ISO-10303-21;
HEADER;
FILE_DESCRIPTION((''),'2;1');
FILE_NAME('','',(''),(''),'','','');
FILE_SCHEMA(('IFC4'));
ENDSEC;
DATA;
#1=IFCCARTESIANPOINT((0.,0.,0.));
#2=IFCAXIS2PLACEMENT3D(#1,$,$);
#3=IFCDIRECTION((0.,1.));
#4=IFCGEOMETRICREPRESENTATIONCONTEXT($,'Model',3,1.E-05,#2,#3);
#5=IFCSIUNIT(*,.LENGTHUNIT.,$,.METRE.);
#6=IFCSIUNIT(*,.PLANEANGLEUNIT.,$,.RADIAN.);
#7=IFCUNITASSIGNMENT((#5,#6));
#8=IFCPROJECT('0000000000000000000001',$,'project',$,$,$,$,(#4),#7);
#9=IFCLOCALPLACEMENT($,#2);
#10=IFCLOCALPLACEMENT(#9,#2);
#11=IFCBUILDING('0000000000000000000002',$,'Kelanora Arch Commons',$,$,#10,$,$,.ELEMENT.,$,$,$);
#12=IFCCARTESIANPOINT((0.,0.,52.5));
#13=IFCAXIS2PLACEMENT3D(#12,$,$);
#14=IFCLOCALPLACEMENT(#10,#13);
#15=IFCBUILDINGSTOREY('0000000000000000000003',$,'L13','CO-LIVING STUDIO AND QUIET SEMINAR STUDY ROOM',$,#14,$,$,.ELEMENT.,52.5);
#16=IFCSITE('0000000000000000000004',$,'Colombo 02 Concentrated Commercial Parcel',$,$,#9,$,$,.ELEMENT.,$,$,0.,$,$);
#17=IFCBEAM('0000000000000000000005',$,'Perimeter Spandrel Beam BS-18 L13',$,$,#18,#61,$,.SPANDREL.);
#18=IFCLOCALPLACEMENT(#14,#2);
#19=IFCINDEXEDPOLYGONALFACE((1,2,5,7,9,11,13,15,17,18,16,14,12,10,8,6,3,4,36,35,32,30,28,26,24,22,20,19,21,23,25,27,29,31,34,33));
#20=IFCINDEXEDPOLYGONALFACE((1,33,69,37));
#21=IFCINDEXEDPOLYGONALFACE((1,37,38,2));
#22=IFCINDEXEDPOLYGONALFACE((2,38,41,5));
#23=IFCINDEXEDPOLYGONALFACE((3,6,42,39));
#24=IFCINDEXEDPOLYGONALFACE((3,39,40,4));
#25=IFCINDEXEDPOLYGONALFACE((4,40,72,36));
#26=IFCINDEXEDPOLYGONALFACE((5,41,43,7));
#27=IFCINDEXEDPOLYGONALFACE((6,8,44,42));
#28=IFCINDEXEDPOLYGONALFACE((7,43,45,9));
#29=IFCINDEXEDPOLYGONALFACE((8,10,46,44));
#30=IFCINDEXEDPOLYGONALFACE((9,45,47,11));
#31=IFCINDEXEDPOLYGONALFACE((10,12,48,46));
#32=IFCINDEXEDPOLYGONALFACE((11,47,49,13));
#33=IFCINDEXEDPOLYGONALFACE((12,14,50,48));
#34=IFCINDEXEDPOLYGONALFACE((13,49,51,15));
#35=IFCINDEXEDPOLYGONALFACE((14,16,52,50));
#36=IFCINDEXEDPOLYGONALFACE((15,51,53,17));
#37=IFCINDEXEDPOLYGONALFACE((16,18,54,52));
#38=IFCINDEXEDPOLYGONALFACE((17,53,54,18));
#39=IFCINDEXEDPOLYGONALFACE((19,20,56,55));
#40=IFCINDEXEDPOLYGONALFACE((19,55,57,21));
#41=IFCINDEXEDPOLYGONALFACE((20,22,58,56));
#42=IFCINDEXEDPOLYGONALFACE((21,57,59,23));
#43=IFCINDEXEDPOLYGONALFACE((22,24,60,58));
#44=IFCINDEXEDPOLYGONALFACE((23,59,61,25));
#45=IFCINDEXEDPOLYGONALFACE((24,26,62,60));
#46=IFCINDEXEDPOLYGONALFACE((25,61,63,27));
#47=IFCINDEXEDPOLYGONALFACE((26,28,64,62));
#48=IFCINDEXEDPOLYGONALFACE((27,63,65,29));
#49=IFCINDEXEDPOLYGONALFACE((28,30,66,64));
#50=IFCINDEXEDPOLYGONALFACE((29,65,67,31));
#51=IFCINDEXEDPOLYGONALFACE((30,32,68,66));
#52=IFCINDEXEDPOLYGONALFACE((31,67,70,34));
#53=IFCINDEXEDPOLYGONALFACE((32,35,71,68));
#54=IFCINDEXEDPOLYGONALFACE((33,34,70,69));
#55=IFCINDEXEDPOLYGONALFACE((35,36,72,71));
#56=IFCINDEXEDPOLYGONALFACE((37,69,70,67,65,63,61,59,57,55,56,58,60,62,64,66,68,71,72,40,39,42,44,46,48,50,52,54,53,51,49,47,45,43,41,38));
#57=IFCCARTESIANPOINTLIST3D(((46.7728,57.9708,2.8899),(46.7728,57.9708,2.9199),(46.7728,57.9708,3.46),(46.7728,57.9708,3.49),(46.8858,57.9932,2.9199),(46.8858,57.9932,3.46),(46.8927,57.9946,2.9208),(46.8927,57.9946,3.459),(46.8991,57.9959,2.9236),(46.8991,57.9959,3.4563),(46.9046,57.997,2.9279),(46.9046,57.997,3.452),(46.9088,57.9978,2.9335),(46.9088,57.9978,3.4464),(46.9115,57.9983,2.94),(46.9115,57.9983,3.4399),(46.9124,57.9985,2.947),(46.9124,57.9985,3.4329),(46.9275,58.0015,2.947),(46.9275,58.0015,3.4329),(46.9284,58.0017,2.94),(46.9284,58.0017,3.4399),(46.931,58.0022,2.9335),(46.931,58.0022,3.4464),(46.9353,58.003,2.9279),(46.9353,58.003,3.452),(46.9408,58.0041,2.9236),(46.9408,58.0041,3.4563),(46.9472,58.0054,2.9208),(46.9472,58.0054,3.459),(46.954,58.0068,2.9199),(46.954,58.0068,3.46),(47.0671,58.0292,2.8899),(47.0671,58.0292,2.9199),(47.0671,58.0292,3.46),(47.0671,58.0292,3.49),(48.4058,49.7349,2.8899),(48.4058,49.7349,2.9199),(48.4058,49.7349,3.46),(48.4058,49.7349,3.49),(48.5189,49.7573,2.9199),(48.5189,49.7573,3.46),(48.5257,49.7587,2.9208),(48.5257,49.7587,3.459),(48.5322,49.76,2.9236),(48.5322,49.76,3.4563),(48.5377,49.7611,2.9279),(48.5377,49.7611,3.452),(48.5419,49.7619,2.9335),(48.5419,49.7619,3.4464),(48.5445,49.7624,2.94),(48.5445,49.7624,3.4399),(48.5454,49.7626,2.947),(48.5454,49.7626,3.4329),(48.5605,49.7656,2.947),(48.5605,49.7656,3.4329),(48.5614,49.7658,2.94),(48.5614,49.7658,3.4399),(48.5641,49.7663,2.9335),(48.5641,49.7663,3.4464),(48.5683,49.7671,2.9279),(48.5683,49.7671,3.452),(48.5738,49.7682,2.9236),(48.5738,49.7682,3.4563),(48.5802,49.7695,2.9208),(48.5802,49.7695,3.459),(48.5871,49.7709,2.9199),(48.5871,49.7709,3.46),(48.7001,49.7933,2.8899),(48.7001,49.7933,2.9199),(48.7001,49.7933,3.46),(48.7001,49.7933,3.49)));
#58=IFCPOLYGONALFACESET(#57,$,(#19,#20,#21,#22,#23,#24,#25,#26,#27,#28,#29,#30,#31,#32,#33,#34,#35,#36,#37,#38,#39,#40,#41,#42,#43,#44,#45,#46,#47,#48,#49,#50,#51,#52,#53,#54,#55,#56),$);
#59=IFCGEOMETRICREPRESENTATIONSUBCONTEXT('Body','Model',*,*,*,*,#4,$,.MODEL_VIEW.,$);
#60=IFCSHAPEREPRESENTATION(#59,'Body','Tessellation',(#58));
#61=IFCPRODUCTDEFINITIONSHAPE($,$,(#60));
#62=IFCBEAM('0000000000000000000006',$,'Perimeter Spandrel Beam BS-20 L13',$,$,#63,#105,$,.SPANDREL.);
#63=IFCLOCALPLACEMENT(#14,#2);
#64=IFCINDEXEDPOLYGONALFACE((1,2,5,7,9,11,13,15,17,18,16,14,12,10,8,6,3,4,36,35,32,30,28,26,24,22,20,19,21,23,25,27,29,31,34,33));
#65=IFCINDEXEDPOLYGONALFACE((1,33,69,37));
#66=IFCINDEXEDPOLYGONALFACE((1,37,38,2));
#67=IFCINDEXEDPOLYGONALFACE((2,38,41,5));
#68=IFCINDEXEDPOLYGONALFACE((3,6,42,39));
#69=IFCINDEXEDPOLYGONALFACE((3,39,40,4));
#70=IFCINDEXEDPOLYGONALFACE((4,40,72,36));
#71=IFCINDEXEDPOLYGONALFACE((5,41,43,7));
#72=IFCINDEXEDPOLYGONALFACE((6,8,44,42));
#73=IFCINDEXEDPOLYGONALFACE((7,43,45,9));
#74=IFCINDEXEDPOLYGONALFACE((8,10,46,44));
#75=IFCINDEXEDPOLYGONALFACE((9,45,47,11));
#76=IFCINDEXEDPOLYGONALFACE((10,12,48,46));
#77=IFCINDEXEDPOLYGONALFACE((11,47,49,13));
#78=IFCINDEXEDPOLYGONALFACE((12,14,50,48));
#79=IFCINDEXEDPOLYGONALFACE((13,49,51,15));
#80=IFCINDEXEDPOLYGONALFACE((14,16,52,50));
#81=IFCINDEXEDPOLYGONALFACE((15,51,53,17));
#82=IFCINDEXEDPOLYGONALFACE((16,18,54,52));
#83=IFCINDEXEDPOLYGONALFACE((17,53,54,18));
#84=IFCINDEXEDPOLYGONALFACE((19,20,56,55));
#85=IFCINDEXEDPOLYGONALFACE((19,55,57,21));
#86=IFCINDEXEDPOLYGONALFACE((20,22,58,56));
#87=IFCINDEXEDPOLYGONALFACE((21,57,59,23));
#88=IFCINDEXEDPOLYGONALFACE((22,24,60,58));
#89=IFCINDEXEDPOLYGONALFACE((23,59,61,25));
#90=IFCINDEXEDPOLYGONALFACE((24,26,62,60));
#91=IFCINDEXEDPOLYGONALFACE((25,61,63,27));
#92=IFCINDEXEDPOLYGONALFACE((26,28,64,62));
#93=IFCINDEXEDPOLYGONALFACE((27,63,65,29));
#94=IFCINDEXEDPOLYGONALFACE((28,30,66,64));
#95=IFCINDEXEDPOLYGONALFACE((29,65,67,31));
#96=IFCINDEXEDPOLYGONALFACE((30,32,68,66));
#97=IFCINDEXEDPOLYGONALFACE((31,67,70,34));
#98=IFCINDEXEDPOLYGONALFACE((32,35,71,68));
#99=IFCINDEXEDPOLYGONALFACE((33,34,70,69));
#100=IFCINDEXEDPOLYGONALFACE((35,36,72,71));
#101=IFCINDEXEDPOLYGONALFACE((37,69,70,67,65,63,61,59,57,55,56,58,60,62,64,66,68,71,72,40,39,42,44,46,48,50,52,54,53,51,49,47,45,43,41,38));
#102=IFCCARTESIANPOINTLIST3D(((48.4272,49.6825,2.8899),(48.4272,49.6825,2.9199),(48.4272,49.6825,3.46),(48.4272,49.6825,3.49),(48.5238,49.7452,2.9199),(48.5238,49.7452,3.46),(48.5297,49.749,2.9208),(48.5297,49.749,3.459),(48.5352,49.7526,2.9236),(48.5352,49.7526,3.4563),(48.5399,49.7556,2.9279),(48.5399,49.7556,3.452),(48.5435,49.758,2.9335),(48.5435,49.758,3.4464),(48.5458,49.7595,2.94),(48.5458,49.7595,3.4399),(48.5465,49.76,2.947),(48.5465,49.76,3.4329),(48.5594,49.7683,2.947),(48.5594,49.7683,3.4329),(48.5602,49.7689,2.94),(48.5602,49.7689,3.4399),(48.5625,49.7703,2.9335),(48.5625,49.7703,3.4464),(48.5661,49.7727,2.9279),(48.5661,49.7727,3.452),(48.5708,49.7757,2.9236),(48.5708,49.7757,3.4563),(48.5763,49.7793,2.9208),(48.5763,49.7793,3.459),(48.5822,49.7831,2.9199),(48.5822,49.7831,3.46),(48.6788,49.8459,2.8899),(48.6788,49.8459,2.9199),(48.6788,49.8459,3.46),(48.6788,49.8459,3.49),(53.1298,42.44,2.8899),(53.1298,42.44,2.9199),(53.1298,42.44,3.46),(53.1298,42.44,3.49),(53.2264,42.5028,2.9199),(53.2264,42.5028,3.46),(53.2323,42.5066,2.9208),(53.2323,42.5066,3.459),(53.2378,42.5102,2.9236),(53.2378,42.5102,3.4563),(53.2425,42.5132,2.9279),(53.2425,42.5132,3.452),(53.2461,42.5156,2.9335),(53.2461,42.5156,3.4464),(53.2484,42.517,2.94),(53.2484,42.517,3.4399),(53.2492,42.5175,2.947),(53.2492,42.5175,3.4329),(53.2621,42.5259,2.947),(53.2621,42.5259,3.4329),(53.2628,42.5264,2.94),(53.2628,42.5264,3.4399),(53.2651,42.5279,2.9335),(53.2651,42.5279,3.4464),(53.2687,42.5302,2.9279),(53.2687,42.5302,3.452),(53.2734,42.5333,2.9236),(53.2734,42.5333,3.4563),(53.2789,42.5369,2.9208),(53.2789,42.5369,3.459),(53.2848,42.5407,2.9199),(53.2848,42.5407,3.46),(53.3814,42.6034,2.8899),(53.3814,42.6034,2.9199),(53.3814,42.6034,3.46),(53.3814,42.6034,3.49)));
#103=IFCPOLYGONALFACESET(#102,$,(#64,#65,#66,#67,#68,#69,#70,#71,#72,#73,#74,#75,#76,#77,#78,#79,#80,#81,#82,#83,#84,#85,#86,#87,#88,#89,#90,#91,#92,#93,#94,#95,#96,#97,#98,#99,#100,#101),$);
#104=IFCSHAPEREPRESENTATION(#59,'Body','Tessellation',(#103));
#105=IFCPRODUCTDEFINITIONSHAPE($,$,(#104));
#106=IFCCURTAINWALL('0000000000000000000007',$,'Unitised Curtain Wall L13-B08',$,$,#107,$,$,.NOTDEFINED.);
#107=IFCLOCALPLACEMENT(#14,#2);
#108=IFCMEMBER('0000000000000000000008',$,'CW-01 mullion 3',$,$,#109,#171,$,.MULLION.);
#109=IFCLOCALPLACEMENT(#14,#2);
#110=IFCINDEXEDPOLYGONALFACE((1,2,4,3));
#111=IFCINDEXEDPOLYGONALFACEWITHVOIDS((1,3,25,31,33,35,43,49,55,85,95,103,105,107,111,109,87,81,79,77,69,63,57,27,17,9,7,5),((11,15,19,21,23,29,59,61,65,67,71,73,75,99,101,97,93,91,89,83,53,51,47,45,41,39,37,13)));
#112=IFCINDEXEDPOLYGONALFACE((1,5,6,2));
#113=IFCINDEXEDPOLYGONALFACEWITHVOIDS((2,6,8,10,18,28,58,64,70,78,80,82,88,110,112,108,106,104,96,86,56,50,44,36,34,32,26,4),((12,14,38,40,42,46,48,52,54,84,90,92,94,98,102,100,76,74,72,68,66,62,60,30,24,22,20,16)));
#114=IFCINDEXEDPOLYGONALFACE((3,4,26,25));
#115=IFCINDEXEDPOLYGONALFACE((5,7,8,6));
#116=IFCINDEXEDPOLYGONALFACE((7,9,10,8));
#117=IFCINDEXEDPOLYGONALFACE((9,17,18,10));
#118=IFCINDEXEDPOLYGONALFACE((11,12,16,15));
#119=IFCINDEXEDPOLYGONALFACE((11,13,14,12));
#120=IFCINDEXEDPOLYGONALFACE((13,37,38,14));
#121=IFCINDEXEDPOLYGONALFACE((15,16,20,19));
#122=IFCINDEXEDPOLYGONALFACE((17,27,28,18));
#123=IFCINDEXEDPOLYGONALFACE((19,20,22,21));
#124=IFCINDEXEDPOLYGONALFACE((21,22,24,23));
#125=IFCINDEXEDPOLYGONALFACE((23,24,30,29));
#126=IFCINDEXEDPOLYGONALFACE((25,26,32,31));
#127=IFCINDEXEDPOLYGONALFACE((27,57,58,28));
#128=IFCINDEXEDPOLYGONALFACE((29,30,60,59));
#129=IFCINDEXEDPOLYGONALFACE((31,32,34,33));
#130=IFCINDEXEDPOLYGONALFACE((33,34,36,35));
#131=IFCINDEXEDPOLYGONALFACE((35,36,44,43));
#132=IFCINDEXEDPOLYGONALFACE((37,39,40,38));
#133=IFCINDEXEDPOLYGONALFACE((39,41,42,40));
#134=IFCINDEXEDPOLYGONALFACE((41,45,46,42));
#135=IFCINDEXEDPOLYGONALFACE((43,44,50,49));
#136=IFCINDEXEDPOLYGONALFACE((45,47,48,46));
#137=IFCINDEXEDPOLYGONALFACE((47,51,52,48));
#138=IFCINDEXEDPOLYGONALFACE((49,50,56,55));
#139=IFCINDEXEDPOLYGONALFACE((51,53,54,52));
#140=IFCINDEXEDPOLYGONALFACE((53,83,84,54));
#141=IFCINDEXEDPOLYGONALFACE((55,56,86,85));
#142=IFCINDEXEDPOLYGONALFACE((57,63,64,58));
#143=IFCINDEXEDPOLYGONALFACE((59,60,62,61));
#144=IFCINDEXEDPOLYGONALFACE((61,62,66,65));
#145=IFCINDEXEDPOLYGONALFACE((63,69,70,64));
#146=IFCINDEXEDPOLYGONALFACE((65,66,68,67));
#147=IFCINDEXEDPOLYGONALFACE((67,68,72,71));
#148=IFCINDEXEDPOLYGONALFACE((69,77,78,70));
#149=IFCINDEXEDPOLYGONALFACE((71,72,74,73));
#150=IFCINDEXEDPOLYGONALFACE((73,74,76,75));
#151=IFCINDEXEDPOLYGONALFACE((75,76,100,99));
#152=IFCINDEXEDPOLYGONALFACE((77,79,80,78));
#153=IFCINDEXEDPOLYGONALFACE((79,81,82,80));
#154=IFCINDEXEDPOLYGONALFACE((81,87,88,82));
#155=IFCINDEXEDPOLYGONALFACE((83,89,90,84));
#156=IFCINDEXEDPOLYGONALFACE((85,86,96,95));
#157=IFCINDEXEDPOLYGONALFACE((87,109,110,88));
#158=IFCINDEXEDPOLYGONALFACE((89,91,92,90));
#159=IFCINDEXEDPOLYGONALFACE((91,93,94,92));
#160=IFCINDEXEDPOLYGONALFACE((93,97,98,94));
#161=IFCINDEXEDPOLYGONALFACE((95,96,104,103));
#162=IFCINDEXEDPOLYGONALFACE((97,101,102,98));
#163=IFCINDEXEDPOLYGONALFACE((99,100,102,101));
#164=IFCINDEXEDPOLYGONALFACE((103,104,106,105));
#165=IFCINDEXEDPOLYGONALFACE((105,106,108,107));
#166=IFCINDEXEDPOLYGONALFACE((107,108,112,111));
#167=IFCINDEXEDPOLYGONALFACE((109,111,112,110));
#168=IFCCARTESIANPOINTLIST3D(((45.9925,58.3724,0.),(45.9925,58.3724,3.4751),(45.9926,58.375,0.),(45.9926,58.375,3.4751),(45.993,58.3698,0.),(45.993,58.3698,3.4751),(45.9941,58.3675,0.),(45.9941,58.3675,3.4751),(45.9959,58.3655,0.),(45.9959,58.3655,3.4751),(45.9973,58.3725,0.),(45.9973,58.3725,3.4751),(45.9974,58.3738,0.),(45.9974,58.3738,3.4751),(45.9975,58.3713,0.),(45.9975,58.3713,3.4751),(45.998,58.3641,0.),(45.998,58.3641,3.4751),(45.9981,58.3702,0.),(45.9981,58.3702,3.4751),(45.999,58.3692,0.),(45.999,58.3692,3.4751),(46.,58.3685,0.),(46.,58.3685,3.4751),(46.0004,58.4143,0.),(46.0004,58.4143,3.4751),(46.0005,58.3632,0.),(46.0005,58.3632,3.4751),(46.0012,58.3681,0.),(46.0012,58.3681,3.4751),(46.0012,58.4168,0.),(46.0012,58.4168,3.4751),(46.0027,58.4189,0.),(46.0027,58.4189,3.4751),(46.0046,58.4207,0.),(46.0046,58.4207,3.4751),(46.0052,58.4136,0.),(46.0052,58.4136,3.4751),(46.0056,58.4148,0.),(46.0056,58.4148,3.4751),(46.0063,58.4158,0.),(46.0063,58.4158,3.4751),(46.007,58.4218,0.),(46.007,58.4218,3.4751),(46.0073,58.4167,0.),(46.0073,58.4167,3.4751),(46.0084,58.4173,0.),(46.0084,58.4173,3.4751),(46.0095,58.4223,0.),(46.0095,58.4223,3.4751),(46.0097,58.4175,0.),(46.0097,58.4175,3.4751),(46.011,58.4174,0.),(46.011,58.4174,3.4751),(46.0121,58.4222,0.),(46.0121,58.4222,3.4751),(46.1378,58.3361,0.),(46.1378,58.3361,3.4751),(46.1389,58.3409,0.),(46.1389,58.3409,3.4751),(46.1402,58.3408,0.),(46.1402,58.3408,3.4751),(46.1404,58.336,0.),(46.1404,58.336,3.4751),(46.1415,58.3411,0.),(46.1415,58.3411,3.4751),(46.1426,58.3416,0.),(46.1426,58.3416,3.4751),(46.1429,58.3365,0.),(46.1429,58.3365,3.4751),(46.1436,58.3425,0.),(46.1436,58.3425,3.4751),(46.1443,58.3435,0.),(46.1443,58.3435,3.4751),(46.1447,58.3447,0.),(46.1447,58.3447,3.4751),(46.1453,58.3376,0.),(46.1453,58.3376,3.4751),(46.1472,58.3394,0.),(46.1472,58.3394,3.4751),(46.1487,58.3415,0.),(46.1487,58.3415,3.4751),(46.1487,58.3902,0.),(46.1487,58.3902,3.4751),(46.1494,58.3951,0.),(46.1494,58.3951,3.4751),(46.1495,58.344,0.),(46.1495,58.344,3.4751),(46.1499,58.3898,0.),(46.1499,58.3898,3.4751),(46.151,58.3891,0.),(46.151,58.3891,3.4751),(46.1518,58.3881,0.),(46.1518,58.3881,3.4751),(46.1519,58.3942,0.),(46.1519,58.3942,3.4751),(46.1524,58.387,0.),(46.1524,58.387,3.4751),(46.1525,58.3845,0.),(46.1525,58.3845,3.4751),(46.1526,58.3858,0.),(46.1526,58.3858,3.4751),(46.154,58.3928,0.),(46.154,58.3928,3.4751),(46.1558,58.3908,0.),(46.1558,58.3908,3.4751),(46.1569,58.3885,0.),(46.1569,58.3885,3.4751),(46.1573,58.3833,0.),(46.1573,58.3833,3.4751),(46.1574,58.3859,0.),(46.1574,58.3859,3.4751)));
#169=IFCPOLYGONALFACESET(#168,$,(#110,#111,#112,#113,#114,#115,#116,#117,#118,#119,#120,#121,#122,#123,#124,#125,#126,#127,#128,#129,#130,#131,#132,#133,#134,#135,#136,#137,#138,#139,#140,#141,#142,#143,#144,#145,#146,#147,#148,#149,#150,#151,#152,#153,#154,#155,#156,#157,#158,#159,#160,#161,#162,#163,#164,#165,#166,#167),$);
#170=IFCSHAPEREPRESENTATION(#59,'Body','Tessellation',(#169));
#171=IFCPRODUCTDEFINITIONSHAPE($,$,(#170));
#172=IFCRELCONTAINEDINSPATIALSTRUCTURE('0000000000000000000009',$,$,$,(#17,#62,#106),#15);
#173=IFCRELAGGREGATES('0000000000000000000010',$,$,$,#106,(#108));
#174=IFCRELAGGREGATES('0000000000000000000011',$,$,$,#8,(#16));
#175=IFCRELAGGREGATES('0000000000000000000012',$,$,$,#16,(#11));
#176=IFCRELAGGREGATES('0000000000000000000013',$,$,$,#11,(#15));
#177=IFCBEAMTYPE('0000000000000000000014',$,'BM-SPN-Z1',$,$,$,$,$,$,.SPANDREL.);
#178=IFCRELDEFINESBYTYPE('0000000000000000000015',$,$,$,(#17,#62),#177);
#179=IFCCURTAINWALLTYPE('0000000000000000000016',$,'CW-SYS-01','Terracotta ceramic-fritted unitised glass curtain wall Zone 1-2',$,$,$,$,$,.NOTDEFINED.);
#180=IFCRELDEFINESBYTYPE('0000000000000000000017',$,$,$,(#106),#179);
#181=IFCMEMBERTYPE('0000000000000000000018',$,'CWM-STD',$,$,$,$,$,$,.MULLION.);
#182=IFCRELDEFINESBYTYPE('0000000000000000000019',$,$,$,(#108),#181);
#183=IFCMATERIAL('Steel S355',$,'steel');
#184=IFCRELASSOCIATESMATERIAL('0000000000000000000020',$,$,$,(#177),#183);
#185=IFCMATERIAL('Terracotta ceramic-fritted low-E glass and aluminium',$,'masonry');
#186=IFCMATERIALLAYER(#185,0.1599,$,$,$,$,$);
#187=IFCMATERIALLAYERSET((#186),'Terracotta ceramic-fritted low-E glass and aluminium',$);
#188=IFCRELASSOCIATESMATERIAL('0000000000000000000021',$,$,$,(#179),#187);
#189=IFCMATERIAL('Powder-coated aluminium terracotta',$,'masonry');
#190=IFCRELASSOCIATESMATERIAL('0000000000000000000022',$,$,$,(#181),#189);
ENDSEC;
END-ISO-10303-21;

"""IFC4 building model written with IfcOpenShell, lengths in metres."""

from ifc_helpers import new_model, si_unit, direction, frame, origin, origin_2d, place, context, subcontext, project, spatial, hollow_rectangle, i_section, extrude, material, layer, layer_set, material_profile, profile_set, type_object, element, aggregate, save


model = new_model("IFC4")

# Units and contexts
model_context = context("Model", 3, precision=1e-05, world=origin(), true_north=direction((0.0, 1.0)))
body_context = subcontext(model_context, "Body", "Model", "MODEL_VIEW")
ifc_project = project(units=[si_unit("LENGTHUNIT", "METRE"), si_unit("PLANEANGLEUNIT", "RADIAN")], contexts=[model_context])

# Site, building, storey
site_placement = place(None, origin())
site = spatial("IfcSite", under=ifc_project, at=site_placement, Name="Colombo 02 Concentrated Commercial Parcel", CompositionType="ELEMENT", RefElevation=0.0)
building_placement = place(site_placement, origin())
building = spatial("IfcBuilding", under=site, at=building_placement, Name="Kelanora Arch Commons", CompositionType="ELEMENT")
storey_placement = place(building_placement, frame((0.0, 0.0, 52.5)))
storey = spatial("IfcBuildingStorey", under=building, at=storey_placement, Name="L13", Description="CO-LIVING STUDIO AND QUIET SEMINAR STUDY ROOM", CompositionType="ELEMENT", Elevation=52.5)

# Beams
ifc_material_1 = material(Name="Steel S355", Category="steel")
ifc_material_profile_1 = material_profile(ifc_material_1, i_section(OverallWidth=0.3, OverallDepth=0.6001, WebThickness=0.0154, FlangeThickness=0.03, FilletRadius=0.0271, at=origin_2d()), Name="HEB600")
ifc_profile_set_1 = profile_set([ifc_material_profile_1], Name="Steel S355")
beam_type_1 = type_object("IfcBeamType", Name="BM-SPN-Z1", PredefinedType="SPANDREL", material=ifc_profile_set_1)
beam_1_placement = place(storey_placement, frame((46.9199, 58.0, 3.1899), z_axis=(0.1945, -0.980903, 0.0), x_axis=(0.980903, 0.1945, 0.0)))
element("IfcBeam", 1, at=beam_1_placement, inside=storey, type_object=beam_type_1, Name="Perimeter Spandrel Beam BS-18 L13", PredefinedType="SPANDREL", context=body_context, shape_type="SweptSolid", body=[
    extrude(i_section(OverallWidth=0.3, OverallDepth=0.6001, WebThickness=0.0154, FlangeThickness=0.03, FilletRadius=0.0271, at=origin_2d()), origin(), (0.0, 0.0, 1.0), 8.3962),
])
beam_2_placement = place(storey_placement, frame((48.553, 49.7642, 3.1899), z_axis=(0.544586, -0.838705, 0.0), x_axis=(0.838705, 0.544586, 0.0)))
element("IfcBeam", 2, at=beam_2_placement, inside=storey, type_object=beam_type_1, Name="Perimeter Spandrel Beam BS-20 L13", PredefinedType="SPANDREL", context=body_context, shape_type="SweptSolid", body=[
    extrude(i_section(OverallWidth=0.3, OverallDepth=0.6001, WebThickness=0.0154, FlangeThickness=0.03, FilletRadius=0.0271, at=origin_2d()), origin(), (0.0, 0.0, 1.0), 8.6353),
])

# Curtain wall, member
ifc_material_2 = material(Name="Terracotta ceramic-fritted low-E glass and aluminium", Category="masonry")
ifc_layer_1 = layer(ifc_material_2, 0.1599)
ifc_layer_set_1 = layer_set([ifc_layer_1], Name="Terracotta ceramic-fritted low-E glass and aluminium")
curtain_wall_type = type_object("IfcCurtainWallType", Name="CW-SYS-01", Description="Terracotta ceramic-fritted unitised glass curtain wall Zone 1-2", PredefinedType="NOTDEFINED", material=ifc_layer_set_1)
curtain_wall_1_placement = place(storey_placement, origin())
curtain_wall_1 = element("IfcCurtainWall", 3, at=curtain_wall_1_placement, inside=storey, type_object=curtain_wall_type, Name="Unitised Curtain Wall L13-B08", PredefinedType="NOTDEFINED")
ifc_material_3 = material(Name="Powder-coated aluminium terracotta", Category="masonry")
ifc_material_profile_2 = material_profile(ifc_material_3, hollow_rectangle(XDim=0.1599, YDim=0.0601, WallThickness=0.0049, InnerFilletRadius=0.0049, OuterFilletRadius=0.01, at=origin_2d()), Name="CWM160x60")
ifc_profile_set_2 = profile_set([ifc_material_profile_2], Name="Powder-coated aluminium terracotta")
member_type_1 = type_object("IfcMemberType", Name="CWM-STD", PredefinedType="MULLION", material=ifc_profile_set_2)
member_1_placement = place(storey_placement, frame((46.075, 58.3792, 0.0), z_axis=(0.0, 0.0, 1.0), x_axis=(0.981052, -0.193744, 0.0)))
member_1 = element("IfcMember", 4, at=member_1_placement, type_object=member_type_1, Name="CW-01 mullion 3", PredefinedType="MULLION", context=body_context, shape_type="SweptSolid", body=[
    extrude(hollow_rectangle(XDim=0.1599, YDim=0.0601, WallThickness=0.0049, InnerFilletRadius=0.0049, OuterFilletRadius=0.01, at=origin_2d()), origin(), (0.0, 0.0, 1.0), 3.4751),
])
aggregate(curtain_wall_1, [member_1])

save(model, "model.ifc")
